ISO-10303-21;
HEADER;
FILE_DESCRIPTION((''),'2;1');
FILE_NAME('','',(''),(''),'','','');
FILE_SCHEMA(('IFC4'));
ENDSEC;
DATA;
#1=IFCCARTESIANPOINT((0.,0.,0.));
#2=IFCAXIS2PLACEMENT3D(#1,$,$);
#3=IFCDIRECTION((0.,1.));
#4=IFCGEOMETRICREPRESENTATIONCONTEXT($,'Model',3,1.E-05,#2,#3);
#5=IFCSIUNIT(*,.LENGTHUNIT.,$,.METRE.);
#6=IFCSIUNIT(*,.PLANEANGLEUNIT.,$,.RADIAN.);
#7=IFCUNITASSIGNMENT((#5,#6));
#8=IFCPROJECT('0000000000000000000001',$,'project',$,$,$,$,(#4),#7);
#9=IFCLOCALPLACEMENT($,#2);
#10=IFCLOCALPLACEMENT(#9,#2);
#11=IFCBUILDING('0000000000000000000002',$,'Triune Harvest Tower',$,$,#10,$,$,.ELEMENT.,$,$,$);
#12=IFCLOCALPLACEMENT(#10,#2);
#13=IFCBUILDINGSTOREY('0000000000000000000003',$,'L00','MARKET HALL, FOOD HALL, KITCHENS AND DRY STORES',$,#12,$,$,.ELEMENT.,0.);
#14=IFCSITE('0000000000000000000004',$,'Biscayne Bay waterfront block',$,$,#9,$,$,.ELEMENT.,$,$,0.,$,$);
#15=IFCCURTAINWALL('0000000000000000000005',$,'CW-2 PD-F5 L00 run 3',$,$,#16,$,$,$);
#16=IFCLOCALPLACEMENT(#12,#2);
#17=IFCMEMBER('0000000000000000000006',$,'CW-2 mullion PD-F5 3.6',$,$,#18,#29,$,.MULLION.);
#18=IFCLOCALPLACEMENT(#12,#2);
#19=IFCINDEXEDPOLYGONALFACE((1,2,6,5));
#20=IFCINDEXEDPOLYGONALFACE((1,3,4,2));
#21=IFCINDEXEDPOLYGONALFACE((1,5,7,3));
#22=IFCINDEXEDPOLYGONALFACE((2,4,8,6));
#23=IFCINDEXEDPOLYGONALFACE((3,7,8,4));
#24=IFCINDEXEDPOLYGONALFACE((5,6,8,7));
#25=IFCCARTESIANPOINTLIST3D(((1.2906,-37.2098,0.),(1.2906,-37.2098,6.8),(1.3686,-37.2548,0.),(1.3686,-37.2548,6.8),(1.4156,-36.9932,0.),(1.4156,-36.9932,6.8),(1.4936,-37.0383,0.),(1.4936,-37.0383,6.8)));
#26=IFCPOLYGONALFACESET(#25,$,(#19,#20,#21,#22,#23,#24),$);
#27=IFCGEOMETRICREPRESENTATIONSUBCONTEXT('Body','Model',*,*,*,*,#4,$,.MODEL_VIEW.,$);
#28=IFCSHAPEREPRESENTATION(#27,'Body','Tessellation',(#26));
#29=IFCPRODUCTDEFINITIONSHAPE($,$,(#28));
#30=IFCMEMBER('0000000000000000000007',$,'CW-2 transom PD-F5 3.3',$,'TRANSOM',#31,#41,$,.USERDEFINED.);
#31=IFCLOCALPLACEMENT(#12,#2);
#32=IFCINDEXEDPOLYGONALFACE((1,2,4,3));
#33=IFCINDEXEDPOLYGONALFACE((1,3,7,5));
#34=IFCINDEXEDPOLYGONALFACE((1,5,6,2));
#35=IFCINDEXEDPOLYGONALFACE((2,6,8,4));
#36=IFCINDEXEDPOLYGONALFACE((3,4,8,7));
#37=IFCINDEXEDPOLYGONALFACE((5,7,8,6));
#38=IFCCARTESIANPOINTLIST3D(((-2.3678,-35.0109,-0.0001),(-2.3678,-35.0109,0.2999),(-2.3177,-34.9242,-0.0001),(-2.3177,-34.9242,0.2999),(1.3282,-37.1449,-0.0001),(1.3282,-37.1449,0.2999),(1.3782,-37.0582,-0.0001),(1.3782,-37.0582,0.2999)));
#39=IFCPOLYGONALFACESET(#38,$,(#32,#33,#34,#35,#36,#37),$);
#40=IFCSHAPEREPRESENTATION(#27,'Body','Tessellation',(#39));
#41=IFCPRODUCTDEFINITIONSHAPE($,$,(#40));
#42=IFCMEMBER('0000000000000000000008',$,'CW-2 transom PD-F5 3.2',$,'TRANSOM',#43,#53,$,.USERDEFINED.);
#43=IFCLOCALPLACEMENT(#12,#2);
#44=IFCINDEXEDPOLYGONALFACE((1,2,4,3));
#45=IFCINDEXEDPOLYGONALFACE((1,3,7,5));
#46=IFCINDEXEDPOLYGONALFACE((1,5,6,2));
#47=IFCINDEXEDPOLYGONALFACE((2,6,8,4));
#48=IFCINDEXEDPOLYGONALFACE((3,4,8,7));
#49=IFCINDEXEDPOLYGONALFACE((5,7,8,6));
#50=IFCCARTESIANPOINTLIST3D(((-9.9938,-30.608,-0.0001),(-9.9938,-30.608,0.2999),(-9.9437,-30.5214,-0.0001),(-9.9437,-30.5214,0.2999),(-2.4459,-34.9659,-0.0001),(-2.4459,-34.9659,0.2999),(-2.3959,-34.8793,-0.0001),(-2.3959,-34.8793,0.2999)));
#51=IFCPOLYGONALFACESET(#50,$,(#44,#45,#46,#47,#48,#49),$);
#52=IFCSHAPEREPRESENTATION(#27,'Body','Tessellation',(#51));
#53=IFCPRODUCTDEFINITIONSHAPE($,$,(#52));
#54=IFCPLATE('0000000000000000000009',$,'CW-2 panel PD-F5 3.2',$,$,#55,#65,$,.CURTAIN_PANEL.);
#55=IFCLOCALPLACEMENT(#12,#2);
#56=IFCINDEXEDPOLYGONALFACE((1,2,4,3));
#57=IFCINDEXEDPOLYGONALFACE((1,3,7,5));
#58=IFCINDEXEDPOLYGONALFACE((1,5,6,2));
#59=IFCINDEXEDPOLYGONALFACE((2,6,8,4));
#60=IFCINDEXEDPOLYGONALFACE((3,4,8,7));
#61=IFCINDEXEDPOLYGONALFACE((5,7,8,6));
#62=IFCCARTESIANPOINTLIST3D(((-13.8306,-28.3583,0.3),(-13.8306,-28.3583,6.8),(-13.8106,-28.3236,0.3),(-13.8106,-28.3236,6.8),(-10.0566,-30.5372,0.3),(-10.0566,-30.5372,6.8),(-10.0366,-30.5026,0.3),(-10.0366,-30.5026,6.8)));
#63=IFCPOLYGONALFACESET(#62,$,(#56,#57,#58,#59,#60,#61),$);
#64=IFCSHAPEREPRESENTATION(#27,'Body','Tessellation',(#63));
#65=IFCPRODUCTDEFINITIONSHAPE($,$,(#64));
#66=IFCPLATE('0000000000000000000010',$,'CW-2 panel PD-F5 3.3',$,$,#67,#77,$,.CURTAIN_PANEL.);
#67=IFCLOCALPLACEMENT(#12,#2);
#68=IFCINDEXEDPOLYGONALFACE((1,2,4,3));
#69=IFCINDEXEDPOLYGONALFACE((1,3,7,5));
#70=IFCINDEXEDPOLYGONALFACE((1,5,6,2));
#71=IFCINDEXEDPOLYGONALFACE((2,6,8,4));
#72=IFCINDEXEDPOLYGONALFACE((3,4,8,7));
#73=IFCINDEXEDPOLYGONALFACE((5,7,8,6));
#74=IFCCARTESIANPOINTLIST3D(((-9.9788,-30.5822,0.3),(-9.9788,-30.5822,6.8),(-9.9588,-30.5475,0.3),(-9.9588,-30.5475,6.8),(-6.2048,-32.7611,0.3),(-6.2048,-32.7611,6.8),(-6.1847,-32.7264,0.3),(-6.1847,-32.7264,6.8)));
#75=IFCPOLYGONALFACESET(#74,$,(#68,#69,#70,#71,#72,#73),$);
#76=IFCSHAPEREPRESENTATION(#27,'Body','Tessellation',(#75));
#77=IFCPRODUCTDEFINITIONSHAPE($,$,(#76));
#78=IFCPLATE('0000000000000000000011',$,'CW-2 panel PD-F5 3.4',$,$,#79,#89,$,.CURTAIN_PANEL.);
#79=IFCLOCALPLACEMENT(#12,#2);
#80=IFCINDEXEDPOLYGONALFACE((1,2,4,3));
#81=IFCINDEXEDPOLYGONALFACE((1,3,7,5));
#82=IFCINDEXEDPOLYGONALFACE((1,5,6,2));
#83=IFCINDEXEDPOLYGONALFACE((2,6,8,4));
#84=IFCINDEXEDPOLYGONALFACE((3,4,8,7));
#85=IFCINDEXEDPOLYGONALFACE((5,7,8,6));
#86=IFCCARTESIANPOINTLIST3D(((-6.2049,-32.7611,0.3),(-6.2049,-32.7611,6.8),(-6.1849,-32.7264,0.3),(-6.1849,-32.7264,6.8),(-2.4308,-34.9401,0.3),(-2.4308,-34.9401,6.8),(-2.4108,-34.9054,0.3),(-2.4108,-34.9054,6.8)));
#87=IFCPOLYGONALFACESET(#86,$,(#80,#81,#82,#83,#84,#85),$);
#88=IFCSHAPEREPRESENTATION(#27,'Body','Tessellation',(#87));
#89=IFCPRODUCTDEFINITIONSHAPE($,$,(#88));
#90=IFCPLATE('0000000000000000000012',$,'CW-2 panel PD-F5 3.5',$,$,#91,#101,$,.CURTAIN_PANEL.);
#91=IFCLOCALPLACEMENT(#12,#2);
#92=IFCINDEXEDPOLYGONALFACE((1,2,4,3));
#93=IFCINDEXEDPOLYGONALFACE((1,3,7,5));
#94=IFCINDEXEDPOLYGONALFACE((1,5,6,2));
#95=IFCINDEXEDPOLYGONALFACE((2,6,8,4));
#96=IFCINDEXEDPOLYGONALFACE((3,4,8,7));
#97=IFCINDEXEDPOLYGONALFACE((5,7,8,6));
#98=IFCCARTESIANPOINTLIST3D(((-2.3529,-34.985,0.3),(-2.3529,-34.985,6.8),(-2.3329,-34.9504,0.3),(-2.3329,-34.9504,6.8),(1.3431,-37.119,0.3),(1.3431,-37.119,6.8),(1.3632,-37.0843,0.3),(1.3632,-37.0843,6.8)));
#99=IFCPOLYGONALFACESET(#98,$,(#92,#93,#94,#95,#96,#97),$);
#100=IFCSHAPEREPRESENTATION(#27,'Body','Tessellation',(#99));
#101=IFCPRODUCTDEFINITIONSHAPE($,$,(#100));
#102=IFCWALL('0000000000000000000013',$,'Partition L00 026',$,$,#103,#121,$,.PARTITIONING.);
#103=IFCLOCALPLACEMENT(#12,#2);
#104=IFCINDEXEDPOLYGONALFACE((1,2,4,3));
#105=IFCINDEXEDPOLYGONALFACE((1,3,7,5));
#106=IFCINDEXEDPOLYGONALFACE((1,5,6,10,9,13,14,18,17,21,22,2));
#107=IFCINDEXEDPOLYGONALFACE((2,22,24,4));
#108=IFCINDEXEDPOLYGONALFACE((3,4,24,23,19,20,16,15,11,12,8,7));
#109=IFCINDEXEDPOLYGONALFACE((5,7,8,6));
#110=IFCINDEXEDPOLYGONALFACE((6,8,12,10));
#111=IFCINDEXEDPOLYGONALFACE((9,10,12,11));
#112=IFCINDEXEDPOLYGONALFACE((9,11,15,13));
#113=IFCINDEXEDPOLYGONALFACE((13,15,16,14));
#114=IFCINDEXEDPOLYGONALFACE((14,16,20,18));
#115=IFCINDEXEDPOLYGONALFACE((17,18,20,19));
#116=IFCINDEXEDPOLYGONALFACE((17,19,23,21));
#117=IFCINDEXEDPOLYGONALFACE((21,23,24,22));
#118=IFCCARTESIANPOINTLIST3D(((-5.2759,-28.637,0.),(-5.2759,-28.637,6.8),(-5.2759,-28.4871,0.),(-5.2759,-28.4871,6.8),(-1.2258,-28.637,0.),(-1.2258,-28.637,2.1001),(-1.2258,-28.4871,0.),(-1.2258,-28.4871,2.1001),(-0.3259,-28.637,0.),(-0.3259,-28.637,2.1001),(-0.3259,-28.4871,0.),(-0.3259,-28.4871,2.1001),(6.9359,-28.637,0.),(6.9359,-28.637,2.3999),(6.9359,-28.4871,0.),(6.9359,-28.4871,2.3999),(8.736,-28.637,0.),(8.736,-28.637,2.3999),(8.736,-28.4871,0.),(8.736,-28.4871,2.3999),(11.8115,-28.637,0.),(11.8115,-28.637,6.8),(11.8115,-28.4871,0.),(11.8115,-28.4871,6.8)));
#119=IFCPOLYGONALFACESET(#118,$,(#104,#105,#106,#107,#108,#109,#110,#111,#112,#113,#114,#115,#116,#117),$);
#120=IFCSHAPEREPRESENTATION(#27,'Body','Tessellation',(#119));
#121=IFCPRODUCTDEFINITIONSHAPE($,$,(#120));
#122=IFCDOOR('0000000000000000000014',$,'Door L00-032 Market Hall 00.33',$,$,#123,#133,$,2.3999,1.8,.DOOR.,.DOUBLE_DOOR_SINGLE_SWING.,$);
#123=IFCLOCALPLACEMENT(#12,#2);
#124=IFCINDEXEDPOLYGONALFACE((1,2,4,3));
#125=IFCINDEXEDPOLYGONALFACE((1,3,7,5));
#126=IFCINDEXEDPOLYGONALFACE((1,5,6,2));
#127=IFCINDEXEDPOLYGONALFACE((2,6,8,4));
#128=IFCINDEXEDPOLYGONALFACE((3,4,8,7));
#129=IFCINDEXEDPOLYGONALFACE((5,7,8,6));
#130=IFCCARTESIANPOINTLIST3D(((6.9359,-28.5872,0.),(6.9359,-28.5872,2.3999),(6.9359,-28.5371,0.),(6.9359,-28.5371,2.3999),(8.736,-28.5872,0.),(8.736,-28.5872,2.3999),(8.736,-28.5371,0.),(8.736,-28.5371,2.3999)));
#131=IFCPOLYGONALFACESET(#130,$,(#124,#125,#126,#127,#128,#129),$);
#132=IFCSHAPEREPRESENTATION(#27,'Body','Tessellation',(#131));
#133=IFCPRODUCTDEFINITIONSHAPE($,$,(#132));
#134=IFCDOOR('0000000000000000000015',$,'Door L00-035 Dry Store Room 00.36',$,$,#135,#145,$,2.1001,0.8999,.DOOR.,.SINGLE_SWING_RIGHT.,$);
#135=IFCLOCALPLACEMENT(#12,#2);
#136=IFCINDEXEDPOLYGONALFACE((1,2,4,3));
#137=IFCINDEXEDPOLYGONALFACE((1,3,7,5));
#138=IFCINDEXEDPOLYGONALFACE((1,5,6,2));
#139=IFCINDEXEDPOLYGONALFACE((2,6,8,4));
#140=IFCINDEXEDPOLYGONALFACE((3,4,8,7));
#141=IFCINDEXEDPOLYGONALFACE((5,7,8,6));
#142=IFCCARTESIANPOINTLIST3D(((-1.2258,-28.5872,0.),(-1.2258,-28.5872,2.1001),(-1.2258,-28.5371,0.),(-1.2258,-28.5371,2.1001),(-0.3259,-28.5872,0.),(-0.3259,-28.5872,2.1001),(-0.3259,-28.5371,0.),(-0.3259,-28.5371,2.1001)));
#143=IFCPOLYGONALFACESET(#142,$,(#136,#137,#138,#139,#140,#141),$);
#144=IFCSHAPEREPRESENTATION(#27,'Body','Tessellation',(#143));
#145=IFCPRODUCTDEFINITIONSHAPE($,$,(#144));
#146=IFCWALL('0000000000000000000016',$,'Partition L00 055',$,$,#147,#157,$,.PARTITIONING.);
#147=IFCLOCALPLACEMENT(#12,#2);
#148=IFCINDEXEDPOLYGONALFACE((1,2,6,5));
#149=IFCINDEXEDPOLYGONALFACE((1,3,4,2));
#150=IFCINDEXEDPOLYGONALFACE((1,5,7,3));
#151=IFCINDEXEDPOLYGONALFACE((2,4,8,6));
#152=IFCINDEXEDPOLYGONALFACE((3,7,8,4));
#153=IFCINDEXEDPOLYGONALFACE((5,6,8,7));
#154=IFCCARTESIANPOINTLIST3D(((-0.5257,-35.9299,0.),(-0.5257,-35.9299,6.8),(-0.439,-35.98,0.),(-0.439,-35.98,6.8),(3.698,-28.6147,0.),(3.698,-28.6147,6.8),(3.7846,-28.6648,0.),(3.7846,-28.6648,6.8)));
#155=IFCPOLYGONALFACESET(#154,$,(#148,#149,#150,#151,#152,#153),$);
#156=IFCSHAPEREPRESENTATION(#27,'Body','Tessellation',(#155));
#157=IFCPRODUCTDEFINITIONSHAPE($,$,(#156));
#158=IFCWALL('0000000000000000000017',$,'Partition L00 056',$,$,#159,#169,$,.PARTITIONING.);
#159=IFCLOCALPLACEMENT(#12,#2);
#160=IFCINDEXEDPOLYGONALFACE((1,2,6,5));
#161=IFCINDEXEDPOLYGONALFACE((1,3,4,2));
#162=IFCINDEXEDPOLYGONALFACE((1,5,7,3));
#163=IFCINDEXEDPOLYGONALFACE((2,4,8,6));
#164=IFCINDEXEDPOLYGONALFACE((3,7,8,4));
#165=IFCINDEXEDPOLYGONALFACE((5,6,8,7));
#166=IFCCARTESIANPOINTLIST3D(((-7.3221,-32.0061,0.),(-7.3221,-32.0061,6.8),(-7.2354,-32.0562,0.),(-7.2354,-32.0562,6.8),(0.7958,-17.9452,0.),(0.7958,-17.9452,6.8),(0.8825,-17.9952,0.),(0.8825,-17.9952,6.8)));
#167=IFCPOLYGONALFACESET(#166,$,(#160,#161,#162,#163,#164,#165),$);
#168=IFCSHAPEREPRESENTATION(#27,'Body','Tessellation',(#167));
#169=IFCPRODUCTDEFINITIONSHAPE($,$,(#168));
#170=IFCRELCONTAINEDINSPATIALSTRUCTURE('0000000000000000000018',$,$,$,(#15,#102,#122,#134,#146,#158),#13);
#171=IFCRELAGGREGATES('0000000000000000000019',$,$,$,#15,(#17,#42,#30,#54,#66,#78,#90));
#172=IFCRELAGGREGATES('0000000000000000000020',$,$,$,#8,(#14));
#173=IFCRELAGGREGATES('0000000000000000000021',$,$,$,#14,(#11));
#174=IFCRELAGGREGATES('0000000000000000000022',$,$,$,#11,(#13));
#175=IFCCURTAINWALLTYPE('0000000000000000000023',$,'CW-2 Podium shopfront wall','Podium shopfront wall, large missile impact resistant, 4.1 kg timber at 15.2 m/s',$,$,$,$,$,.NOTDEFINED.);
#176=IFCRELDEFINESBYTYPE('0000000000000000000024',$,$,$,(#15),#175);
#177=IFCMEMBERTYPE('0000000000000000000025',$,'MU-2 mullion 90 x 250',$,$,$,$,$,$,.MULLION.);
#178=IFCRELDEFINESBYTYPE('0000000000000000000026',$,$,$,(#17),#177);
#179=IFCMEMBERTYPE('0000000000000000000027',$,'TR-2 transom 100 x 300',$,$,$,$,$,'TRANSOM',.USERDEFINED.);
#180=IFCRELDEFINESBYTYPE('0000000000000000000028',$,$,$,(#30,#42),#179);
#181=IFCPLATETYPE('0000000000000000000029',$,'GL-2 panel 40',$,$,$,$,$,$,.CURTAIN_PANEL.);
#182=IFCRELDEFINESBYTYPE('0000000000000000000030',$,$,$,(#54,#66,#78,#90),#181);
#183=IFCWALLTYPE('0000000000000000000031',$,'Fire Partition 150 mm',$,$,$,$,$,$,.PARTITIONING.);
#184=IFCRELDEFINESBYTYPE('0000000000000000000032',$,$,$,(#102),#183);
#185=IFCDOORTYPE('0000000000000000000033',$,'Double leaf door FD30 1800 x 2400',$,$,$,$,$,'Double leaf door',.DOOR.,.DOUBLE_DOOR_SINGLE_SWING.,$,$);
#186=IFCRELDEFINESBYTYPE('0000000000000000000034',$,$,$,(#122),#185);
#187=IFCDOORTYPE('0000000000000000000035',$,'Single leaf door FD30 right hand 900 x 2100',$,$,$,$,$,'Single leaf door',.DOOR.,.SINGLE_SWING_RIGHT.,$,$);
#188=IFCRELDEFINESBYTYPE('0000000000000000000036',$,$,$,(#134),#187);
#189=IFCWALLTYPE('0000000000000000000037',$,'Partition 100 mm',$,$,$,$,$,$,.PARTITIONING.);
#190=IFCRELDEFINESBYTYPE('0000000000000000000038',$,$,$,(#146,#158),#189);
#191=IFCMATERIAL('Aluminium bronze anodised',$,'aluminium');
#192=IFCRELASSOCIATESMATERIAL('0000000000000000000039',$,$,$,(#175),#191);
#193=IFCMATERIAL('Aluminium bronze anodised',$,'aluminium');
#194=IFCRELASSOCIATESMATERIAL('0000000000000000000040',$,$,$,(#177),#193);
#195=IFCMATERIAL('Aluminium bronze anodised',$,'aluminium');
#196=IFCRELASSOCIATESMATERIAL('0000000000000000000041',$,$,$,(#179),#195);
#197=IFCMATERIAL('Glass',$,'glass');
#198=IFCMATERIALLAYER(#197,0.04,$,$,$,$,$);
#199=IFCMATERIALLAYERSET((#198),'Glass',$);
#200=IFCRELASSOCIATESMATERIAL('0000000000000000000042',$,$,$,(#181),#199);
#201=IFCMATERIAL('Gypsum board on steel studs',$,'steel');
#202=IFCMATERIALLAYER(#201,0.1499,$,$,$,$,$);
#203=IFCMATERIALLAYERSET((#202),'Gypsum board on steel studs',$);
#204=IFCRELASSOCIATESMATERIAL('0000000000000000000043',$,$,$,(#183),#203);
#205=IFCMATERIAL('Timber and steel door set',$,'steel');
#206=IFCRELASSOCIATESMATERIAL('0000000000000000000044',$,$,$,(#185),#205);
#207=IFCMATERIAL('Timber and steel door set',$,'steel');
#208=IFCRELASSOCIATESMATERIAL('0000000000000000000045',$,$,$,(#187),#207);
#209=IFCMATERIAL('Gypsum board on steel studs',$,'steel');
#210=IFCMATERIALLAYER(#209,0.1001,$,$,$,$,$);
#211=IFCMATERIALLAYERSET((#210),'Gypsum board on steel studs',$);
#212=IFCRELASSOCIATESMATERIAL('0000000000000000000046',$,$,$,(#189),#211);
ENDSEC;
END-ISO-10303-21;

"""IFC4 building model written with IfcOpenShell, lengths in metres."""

from ifc_helpers import new_model, si_unit, direction, frame, frame_2d, origin, origin_2d, place, context, subcontext, project, spatial, rectangle, extrude, source, transform, mapped, material, layer, layer_set, material_profile, profile_set, type_object, element, fill, aggregate, save


model = new_model("IFC4")

# Units and contexts
model_context = context("Model", 3, precision=1e-05, world=origin(), true_north=direction((0.0, 1.0)))
body_context = subcontext(model_context, "Body", "Model", "MODEL_VIEW")
ifc_project = project(units=[si_unit("LENGTHUNIT", "METRE"), si_unit("PLANEANGLEUNIT", "RADIAN")], contexts=[model_context])

# Site, building, storey
site_placement = place(None, origin())
site = spatial("IfcSite", under=ifc_project, at=site_placement, Name="Biscayne Bay waterfront block", CompositionType="ELEMENT", RefElevation=0.0)
building_placement = place(site_placement, origin())
building = spatial("IfcBuilding", under=site, at=building_placement, Name="Triune Harvest Tower", CompositionType="ELEMENT")
storey_placement = place(building_placement, origin())
storey = spatial("IfcBuildingStorey", under=building, at=storey_placement, Name="L00", Description="MARKET HALL, FOOD HALL, KITCHENS AND DRY STORES", CompositionType="ELEMENT", Elevation=0.0)

# Curtain wall, members, plates
ifc_material_1 = material(Name="Aluminium bronze anodised", Category="aluminium")
curtain_wall_type = type_object("IfcCurtainWallType", Name="CW-2 Podium shopfront wall", Description="Podium shopfront wall, large missile impact resistant, 4.1 kg timber at 15.2 m/s", PredefinedType="NOTDEFINED", material=ifc_material_1)
curtain_wall_placement = place(storey_placement, origin())
curtain_wall = element("IfcCurtainWall", 1, at=curtain_wall_placement, inside=storey, type_object=curtain_wall_type, Name="CW-2 PD-F5 L00 run 3")
ifc_material_2 = material(Name="Aluminium bronze anodised", Category="aluminium")
ifc_material_profile_1 = material_profile(ifc_material_2, rectangle(XDim=0.25, YDim=0.0901, at=origin_2d()), Name="MU-2 mullion 90 x 250")
ifc_profile_set_1 = profile_set([ifc_material_profile_1], Name="Aluminium bronze anodised")
member_type_1 = type_object("IfcMemberType", Name="MU-2 mullion 90 x 250", PredefinedType="MULLION", material=ifc_profile_set_1)
shared_shape_1 = source(origin(), body_context, "Body", "SweptSolid", [
    extrude(rectangle(XDim=0.25, YDim=0.0901, at=origin_2d()), origin(), (0.0, 0.0, 1.0), 6.8),
])
member_1_placement = place(storey_placement, frame((1.3921, -37.124, 0.0), z_axis=(0.0, 0.0, 1.0), x_axis=(0.5, 0.866025, 0.0)))
member_1 = element("IfcMember", 2, at=member_1_placement, type_object=member_type_1, Name="CW-2 mullion PD-F5 3.6", PredefinedType="MULLION", context=body_context, shape_type="MappedRepresentation", body=[
    mapped(shared_shape_1, transform((0.0, 0.0, 0.0), scale=1.0)),
])
ifc_material_3 = material(Name="Aluminium bronze anodised", Category="aluminium")
ifc_material_profile_2 = material_profile(ifc_material_3, rectangle(XDim=0.1001, YDim=0.3, at=origin_2d()), Name="TR-2 transom 100 x 300")
ifc_profile_set_2 = profile_set([ifc_material_profile_2], Name="Aluminium bronze anodised")
member_type_2 = type_object("IfcMemberType", Name="TR-2 transom 100 x 300", ElementType="TRANSOM", PredefinedType="USERDEFINED", material=ifc_profile_set_2)
shared_shape_2 = source(origin(), body_context, "Body", "SweptSolid", [
    extrude(rectangle(XDim=0.1001, YDim=0.3, at=origin_2d()), origin(), (0.0, 0.0, 1.0), 4.2678),
])
member_2_placement = place(storey_placement, frame((-2.3428, -34.9675, 0.1499), z_axis=(0.866013, -0.500021, 0.0), x_axis=(0.500021, 0.866013, 0.0)))
member_2 = element("IfcMember", 3, at=member_2_placement, type_object=member_type_2, Name="CW-2 transom PD-F5 3.3", ObjectType="TRANSOM", PredefinedType="USERDEFINED", context=body_context, shape_type="MappedRepresentation", body=[
    mapped(shared_shape_2, transform((0.0, 0.0, 0.0), scale=1.0)),
])
shared_shape_3 = source(origin(), body_context, "Body", "SweptSolid", [
    extrude(rectangle(XDim=0.1001, YDim=0.3, at=origin_2d()), origin(), (0.0, 0.0, 1.0), 8.7156),
])
member_3_placement = place(storey_placement, frame((-9.9688, -30.5647, 0.1499), z_axis=(0.866018, -0.500013, 0.0), x_axis=(0.500013, 0.866018, 0.0)))
member_3 = element("IfcMember", 4, at=member_3_placement, type_object=member_type_2, Name="CW-2 transom PD-F5 3.2", ObjectType="TRANSOM", PredefinedType="USERDEFINED", context=body_context, shape_type="MappedRepresentation", body=[
    mapped(shared_shape_3, transform((0.0, 0.0, 0.0), scale=1.0)),
])
ifc_material_4 = material(Name="Glass", Category="glass")
ifc_layer_1 = layer(ifc_material_4, 0.04)
ifc_layer_set_1 = layer_set([ifc_layer_1], Name="Glass")
plate_type = type_object("IfcPlateType", Name="GL-2 panel 40", PredefinedType="CURTAIN_PANEL", material=ifc_layer_set_1)
shared_shape_4 = source(origin(), body_context, "Body", "SweptSolid", [
    extrude(rectangle(XDim=4.3579, YDim=0.04, at=origin_2d()), origin(), (0.0, 0.0, 1.0), 6.5),
])
plate_1_placement = place(storey_placement, frame((-11.9336, -29.4304, 0.3), z_axis=(0.0, 0.0, 1.0), x_axis=(0.866025, -0.5, 0.0)))
plate_1 = element("IfcPlate", 5, at=plate_1_placement, type_object=plate_type, Name="CW-2 panel PD-F5 3.2", PredefinedType="CURTAIN_PANEL", context=body_context, shape_type="MappedRepresentation", body=[
    mapped(shared_shape_4, transform((0.0, 0.0, 0.0), scale=1.0)),
])
plate_2_placement = place(storey_placement, frame((-8.0818, -31.6543, 0.3), z_axis=(0.0, 0.0, 1.0), x_axis=(0.866025, -0.5, 0.0)))
plate_2 = element("IfcPlate", 6, at=plate_2_placement, type_object=plate_type, Name="CW-2 panel PD-F5 3.3", PredefinedType="CURTAIN_PANEL", context=body_context, shape_type="MappedRepresentation", body=[
    mapped(shared_shape_4, transform((0.0, 0.0, 0.0), scale=1.0)),
])
plate_3_placement = place(storey_placement, frame((-4.3079, -33.8333, 0.3), z_axis=(0.0, 0.0, 1.0), x_axis=(0.866025, -0.5, 0.0)))
plate_3 = element("IfcPlate", 7, at=plate_3_placement, type_object=plate_type, Name="CW-2 panel PD-F5 3.4", PredefinedType="CURTAIN_PANEL", context=body_context, shape_type="MappedRepresentation", body=[
    mapped(shared_shape_4, transform((0.0, 0.0, 0.0), scale=1.0)),
])
shared_shape_5 = source(origin(), body_context, "Body", "SweptSolid", [
    extrude(rectangle(XDim=4.2678, YDim=0.04, at=origin_2d()), origin(), (0.0, 0.0, 1.0), 6.5),
])
plate_4_placement = place(storey_placement, frame((-0.4949, -36.0347, 0.3), z_axis=(0.0, 0.0, 1.0), x_axis=(0.866025, -0.5, 0.0)))
plate_4 = element("IfcPlate", 8, at=plate_4_placement, type_object=plate_type, Name="CW-2 panel PD-F5 3.5", PredefinedType="CURTAIN_PANEL", context=body_context, shape_type="MappedRepresentation", body=[
    mapped(shared_shape_5, transform((0.0, 0.0, 0.0), scale=1.0)),
])
aggregate(curtain_wall, [member_1, member_3, member_2, plate_1, plate_2, plate_3, plate_4])

# Wall, openings, doors
ifc_material_5 = material(Name="Gypsum board on steel studs", Category="steel")
ifc_layer_2 = layer(ifc_material_5, 0.1499)
ifc_layer_set_2 = layer_set([ifc_layer_2], Name="Gypsum board on steel studs")
wall_type_1 = type_object("IfcWallType", Name="Fire Partition 150 mm", PredefinedType="PARTITIONING", material=ifc_layer_set_2)
wall_1_placement = place(storey_placement, frame((-5.2759, -28.562, 0.0), z_axis=(0.0, 0.0, 1.0), x_axis=(1.0, 0.0, 0.0)))
wall_1 = element("IfcWall", 9, at=wall_1_placement, inside=storey, type_object=wall_type_1, Name="Partition L00 026", PredefinedType="PARTITIONING", context=body_context, shape_type="SweptSolid", body=[
    extrude(rectangle(XDim=17.0874, YDim=0.1499, at=frame_2d((8.5437, 0.0))), origin(), (0.0, 0.0, 1.0), 6.8),
])
opening_1_placement = place(wall_1_placement, frame((12.2119, 0.0, 0.0)))
opening_1 = element("IfcOpeningElement", 10, at=opening_1_placement, cuts=wall_1, PredefinedType="OPENING", context=body_context, shape_type="SweptSolid", body=[
    extrude(rectangle(XDim=1.8, YDim=2.3999, at=frame_2d((0.8999, 1.2))), frame((0.0, 0.085, 0.0), z_axis=(0.0, -1.0, 0.0), x_axis=(1.0, 0.0, 0.0)), (0.0, 0.0, 1.0), 0.1699),
])
opening_2_placement = place(wall_1_placement, frame((4.05, 0.0, 0.0)))
opening_2 = element("IfcOpeningElement", 11, at=opening_2_placement, cuts=wall_1, PredefinedType="OPENING", context=body_context, shape_type="SweptSolid", body=[
    extrude(rectangle(XDim=0.8999, YDim=2.1001, at=frame_2d((0.45, 1.05))), frame((0.0, 0.085, 0.0), z_axis=(0.0, -1.0, 0.0), x_axis=(1.0, 0.0, 0.0)), (0.0, 0.0, 1.0), 0.1699),
])
ifc_material_6 = material(Name="Timber and steel door set", Category="steel")
door_type_1 = type_object("IfcDoorType", Name="Double leaf door FD30 1800 x 2400", ElementType="Double leaf door", OperationType="DOUBLE_DOOR_SINGLE_SWING", PredefinedType="DOOR", material=ifc_material_6)
door_1_placement = place(opening_1_placement, origin())
door_1 = element("IfcDoor", 12, at=door_1_placement, inside=storey, type_object=door_type_1, Name="Door L00-032 Market Hall 00.33", OperationType="DOUBLE_DOOR_SINGLE_SWING", OverallHeight=2.3999, OverallWidth=1.8, PredefinedType="DOOR", context=body_context, shape_type="SweptSolid", body=[
    extrude(rectangle(XDim=1.8, YDim=2.3999, at=frame_2d((0.8999, 1.2))), frame((0.0, 0.0249, 0.0), z_axis=(0.0, -1.0, 0.0), x_axis=(1.0, 0.0, 0.0)), (0.0, 0.0, 1.0), 0.05),
])
fill(opening_1, door_1)
ifc_material_7 = material(Name="Timber and steel door set", Category="steel")
door_type_2 = type_object("IfcDoorType", Name="Single leaf door FD30 right hand 900 x 2100", ElementType="Single leaf door", OperationType="SINGLE_SWING_RIGHT", PredefinedType="DOOR", material=ifc_material_7)
door_2_placement = place(opening_2_placement, origin())
door_2 = element("IfcDoor", 13, at=door_2_placement, inside=storey, type_object=door_type_2, Name="Door L00-035 Dry Store Room 00.36", OperationType="SINGLE_SWING_RIGHT", OverallHeight=2.1001, OverallWidth=0.8999, PredefinedType="DOOR", context=body_context, shape_type="SweptSolid", body=[
    extrude(rectangle(XDim=0.8999, YDim=2.1001, at=frame_2d((0.45, 1.05))), frame((0.0, 0.0249, 0.0), z_axis=(0.0, -1.0, 0.0), x_axis=(1.0, 0.0, 0.0)), (0.0, 0.0, 1.0), 0.05),
])
fill(opening_2, door_2)

# Walls
ifc_material_8 = material(Name="Gypsum board on steel studs", Category="steel")
ifc_layer_3 = layer(ifc_material_8, 0.1001)
ifc_layer_set_3 = layer_set([ifc_layer_3], Name="Gypsum board on steel studs")
wall_type_2 = type_object("IfcWallType", Name="Partition 100 mm", PredefinedType="PARTITIONING", material=ifc_layer_set_3)
wall_2_placement = place(storey_placement, frame((-0.4824, -35.9551, 0.0), z_axis=(0.0, 0.0, 1.0), x_axis=(0.500019, 0.866015, 0.0)))
element("IfcWall", 14, at=wall_2_placement, inside=storey, type_object=wall_type_2, Name="Partition L00 055", PredefinedType="PARTITIONING", context=body_context, shape_type="SweptSolid", body=[
    extrude(rectangle(XDim=8.447, YDim=0.1001, at=frame_2d((4.2236, 0.0))), origin(), (0.0, 0.0, 1.0), 6.8),
])
wall_3_placement = place(storey_placement, frame((-7.2788, -32.0312, 0.0), z_axis=(0.0, 0.0, 1.0), x_axis=(0.49999, 0.866031, 0.0)))
element("IfcWall", 15, at=wall_3_placement, inside=storey, type_object=wall_type_2, Name="Partition L00 056", PredefinedType="PARTITIONING", context=body_context, shape_type="SweptSolid", body=[
    extrude(rectangle(XDim=16.2361, YDim=0.1001, at=frame_2d((8.1182, 0.0))), origin(), (0.0, 0.0, 1.0), 6.8),
])

save(model, "model.ifc")
